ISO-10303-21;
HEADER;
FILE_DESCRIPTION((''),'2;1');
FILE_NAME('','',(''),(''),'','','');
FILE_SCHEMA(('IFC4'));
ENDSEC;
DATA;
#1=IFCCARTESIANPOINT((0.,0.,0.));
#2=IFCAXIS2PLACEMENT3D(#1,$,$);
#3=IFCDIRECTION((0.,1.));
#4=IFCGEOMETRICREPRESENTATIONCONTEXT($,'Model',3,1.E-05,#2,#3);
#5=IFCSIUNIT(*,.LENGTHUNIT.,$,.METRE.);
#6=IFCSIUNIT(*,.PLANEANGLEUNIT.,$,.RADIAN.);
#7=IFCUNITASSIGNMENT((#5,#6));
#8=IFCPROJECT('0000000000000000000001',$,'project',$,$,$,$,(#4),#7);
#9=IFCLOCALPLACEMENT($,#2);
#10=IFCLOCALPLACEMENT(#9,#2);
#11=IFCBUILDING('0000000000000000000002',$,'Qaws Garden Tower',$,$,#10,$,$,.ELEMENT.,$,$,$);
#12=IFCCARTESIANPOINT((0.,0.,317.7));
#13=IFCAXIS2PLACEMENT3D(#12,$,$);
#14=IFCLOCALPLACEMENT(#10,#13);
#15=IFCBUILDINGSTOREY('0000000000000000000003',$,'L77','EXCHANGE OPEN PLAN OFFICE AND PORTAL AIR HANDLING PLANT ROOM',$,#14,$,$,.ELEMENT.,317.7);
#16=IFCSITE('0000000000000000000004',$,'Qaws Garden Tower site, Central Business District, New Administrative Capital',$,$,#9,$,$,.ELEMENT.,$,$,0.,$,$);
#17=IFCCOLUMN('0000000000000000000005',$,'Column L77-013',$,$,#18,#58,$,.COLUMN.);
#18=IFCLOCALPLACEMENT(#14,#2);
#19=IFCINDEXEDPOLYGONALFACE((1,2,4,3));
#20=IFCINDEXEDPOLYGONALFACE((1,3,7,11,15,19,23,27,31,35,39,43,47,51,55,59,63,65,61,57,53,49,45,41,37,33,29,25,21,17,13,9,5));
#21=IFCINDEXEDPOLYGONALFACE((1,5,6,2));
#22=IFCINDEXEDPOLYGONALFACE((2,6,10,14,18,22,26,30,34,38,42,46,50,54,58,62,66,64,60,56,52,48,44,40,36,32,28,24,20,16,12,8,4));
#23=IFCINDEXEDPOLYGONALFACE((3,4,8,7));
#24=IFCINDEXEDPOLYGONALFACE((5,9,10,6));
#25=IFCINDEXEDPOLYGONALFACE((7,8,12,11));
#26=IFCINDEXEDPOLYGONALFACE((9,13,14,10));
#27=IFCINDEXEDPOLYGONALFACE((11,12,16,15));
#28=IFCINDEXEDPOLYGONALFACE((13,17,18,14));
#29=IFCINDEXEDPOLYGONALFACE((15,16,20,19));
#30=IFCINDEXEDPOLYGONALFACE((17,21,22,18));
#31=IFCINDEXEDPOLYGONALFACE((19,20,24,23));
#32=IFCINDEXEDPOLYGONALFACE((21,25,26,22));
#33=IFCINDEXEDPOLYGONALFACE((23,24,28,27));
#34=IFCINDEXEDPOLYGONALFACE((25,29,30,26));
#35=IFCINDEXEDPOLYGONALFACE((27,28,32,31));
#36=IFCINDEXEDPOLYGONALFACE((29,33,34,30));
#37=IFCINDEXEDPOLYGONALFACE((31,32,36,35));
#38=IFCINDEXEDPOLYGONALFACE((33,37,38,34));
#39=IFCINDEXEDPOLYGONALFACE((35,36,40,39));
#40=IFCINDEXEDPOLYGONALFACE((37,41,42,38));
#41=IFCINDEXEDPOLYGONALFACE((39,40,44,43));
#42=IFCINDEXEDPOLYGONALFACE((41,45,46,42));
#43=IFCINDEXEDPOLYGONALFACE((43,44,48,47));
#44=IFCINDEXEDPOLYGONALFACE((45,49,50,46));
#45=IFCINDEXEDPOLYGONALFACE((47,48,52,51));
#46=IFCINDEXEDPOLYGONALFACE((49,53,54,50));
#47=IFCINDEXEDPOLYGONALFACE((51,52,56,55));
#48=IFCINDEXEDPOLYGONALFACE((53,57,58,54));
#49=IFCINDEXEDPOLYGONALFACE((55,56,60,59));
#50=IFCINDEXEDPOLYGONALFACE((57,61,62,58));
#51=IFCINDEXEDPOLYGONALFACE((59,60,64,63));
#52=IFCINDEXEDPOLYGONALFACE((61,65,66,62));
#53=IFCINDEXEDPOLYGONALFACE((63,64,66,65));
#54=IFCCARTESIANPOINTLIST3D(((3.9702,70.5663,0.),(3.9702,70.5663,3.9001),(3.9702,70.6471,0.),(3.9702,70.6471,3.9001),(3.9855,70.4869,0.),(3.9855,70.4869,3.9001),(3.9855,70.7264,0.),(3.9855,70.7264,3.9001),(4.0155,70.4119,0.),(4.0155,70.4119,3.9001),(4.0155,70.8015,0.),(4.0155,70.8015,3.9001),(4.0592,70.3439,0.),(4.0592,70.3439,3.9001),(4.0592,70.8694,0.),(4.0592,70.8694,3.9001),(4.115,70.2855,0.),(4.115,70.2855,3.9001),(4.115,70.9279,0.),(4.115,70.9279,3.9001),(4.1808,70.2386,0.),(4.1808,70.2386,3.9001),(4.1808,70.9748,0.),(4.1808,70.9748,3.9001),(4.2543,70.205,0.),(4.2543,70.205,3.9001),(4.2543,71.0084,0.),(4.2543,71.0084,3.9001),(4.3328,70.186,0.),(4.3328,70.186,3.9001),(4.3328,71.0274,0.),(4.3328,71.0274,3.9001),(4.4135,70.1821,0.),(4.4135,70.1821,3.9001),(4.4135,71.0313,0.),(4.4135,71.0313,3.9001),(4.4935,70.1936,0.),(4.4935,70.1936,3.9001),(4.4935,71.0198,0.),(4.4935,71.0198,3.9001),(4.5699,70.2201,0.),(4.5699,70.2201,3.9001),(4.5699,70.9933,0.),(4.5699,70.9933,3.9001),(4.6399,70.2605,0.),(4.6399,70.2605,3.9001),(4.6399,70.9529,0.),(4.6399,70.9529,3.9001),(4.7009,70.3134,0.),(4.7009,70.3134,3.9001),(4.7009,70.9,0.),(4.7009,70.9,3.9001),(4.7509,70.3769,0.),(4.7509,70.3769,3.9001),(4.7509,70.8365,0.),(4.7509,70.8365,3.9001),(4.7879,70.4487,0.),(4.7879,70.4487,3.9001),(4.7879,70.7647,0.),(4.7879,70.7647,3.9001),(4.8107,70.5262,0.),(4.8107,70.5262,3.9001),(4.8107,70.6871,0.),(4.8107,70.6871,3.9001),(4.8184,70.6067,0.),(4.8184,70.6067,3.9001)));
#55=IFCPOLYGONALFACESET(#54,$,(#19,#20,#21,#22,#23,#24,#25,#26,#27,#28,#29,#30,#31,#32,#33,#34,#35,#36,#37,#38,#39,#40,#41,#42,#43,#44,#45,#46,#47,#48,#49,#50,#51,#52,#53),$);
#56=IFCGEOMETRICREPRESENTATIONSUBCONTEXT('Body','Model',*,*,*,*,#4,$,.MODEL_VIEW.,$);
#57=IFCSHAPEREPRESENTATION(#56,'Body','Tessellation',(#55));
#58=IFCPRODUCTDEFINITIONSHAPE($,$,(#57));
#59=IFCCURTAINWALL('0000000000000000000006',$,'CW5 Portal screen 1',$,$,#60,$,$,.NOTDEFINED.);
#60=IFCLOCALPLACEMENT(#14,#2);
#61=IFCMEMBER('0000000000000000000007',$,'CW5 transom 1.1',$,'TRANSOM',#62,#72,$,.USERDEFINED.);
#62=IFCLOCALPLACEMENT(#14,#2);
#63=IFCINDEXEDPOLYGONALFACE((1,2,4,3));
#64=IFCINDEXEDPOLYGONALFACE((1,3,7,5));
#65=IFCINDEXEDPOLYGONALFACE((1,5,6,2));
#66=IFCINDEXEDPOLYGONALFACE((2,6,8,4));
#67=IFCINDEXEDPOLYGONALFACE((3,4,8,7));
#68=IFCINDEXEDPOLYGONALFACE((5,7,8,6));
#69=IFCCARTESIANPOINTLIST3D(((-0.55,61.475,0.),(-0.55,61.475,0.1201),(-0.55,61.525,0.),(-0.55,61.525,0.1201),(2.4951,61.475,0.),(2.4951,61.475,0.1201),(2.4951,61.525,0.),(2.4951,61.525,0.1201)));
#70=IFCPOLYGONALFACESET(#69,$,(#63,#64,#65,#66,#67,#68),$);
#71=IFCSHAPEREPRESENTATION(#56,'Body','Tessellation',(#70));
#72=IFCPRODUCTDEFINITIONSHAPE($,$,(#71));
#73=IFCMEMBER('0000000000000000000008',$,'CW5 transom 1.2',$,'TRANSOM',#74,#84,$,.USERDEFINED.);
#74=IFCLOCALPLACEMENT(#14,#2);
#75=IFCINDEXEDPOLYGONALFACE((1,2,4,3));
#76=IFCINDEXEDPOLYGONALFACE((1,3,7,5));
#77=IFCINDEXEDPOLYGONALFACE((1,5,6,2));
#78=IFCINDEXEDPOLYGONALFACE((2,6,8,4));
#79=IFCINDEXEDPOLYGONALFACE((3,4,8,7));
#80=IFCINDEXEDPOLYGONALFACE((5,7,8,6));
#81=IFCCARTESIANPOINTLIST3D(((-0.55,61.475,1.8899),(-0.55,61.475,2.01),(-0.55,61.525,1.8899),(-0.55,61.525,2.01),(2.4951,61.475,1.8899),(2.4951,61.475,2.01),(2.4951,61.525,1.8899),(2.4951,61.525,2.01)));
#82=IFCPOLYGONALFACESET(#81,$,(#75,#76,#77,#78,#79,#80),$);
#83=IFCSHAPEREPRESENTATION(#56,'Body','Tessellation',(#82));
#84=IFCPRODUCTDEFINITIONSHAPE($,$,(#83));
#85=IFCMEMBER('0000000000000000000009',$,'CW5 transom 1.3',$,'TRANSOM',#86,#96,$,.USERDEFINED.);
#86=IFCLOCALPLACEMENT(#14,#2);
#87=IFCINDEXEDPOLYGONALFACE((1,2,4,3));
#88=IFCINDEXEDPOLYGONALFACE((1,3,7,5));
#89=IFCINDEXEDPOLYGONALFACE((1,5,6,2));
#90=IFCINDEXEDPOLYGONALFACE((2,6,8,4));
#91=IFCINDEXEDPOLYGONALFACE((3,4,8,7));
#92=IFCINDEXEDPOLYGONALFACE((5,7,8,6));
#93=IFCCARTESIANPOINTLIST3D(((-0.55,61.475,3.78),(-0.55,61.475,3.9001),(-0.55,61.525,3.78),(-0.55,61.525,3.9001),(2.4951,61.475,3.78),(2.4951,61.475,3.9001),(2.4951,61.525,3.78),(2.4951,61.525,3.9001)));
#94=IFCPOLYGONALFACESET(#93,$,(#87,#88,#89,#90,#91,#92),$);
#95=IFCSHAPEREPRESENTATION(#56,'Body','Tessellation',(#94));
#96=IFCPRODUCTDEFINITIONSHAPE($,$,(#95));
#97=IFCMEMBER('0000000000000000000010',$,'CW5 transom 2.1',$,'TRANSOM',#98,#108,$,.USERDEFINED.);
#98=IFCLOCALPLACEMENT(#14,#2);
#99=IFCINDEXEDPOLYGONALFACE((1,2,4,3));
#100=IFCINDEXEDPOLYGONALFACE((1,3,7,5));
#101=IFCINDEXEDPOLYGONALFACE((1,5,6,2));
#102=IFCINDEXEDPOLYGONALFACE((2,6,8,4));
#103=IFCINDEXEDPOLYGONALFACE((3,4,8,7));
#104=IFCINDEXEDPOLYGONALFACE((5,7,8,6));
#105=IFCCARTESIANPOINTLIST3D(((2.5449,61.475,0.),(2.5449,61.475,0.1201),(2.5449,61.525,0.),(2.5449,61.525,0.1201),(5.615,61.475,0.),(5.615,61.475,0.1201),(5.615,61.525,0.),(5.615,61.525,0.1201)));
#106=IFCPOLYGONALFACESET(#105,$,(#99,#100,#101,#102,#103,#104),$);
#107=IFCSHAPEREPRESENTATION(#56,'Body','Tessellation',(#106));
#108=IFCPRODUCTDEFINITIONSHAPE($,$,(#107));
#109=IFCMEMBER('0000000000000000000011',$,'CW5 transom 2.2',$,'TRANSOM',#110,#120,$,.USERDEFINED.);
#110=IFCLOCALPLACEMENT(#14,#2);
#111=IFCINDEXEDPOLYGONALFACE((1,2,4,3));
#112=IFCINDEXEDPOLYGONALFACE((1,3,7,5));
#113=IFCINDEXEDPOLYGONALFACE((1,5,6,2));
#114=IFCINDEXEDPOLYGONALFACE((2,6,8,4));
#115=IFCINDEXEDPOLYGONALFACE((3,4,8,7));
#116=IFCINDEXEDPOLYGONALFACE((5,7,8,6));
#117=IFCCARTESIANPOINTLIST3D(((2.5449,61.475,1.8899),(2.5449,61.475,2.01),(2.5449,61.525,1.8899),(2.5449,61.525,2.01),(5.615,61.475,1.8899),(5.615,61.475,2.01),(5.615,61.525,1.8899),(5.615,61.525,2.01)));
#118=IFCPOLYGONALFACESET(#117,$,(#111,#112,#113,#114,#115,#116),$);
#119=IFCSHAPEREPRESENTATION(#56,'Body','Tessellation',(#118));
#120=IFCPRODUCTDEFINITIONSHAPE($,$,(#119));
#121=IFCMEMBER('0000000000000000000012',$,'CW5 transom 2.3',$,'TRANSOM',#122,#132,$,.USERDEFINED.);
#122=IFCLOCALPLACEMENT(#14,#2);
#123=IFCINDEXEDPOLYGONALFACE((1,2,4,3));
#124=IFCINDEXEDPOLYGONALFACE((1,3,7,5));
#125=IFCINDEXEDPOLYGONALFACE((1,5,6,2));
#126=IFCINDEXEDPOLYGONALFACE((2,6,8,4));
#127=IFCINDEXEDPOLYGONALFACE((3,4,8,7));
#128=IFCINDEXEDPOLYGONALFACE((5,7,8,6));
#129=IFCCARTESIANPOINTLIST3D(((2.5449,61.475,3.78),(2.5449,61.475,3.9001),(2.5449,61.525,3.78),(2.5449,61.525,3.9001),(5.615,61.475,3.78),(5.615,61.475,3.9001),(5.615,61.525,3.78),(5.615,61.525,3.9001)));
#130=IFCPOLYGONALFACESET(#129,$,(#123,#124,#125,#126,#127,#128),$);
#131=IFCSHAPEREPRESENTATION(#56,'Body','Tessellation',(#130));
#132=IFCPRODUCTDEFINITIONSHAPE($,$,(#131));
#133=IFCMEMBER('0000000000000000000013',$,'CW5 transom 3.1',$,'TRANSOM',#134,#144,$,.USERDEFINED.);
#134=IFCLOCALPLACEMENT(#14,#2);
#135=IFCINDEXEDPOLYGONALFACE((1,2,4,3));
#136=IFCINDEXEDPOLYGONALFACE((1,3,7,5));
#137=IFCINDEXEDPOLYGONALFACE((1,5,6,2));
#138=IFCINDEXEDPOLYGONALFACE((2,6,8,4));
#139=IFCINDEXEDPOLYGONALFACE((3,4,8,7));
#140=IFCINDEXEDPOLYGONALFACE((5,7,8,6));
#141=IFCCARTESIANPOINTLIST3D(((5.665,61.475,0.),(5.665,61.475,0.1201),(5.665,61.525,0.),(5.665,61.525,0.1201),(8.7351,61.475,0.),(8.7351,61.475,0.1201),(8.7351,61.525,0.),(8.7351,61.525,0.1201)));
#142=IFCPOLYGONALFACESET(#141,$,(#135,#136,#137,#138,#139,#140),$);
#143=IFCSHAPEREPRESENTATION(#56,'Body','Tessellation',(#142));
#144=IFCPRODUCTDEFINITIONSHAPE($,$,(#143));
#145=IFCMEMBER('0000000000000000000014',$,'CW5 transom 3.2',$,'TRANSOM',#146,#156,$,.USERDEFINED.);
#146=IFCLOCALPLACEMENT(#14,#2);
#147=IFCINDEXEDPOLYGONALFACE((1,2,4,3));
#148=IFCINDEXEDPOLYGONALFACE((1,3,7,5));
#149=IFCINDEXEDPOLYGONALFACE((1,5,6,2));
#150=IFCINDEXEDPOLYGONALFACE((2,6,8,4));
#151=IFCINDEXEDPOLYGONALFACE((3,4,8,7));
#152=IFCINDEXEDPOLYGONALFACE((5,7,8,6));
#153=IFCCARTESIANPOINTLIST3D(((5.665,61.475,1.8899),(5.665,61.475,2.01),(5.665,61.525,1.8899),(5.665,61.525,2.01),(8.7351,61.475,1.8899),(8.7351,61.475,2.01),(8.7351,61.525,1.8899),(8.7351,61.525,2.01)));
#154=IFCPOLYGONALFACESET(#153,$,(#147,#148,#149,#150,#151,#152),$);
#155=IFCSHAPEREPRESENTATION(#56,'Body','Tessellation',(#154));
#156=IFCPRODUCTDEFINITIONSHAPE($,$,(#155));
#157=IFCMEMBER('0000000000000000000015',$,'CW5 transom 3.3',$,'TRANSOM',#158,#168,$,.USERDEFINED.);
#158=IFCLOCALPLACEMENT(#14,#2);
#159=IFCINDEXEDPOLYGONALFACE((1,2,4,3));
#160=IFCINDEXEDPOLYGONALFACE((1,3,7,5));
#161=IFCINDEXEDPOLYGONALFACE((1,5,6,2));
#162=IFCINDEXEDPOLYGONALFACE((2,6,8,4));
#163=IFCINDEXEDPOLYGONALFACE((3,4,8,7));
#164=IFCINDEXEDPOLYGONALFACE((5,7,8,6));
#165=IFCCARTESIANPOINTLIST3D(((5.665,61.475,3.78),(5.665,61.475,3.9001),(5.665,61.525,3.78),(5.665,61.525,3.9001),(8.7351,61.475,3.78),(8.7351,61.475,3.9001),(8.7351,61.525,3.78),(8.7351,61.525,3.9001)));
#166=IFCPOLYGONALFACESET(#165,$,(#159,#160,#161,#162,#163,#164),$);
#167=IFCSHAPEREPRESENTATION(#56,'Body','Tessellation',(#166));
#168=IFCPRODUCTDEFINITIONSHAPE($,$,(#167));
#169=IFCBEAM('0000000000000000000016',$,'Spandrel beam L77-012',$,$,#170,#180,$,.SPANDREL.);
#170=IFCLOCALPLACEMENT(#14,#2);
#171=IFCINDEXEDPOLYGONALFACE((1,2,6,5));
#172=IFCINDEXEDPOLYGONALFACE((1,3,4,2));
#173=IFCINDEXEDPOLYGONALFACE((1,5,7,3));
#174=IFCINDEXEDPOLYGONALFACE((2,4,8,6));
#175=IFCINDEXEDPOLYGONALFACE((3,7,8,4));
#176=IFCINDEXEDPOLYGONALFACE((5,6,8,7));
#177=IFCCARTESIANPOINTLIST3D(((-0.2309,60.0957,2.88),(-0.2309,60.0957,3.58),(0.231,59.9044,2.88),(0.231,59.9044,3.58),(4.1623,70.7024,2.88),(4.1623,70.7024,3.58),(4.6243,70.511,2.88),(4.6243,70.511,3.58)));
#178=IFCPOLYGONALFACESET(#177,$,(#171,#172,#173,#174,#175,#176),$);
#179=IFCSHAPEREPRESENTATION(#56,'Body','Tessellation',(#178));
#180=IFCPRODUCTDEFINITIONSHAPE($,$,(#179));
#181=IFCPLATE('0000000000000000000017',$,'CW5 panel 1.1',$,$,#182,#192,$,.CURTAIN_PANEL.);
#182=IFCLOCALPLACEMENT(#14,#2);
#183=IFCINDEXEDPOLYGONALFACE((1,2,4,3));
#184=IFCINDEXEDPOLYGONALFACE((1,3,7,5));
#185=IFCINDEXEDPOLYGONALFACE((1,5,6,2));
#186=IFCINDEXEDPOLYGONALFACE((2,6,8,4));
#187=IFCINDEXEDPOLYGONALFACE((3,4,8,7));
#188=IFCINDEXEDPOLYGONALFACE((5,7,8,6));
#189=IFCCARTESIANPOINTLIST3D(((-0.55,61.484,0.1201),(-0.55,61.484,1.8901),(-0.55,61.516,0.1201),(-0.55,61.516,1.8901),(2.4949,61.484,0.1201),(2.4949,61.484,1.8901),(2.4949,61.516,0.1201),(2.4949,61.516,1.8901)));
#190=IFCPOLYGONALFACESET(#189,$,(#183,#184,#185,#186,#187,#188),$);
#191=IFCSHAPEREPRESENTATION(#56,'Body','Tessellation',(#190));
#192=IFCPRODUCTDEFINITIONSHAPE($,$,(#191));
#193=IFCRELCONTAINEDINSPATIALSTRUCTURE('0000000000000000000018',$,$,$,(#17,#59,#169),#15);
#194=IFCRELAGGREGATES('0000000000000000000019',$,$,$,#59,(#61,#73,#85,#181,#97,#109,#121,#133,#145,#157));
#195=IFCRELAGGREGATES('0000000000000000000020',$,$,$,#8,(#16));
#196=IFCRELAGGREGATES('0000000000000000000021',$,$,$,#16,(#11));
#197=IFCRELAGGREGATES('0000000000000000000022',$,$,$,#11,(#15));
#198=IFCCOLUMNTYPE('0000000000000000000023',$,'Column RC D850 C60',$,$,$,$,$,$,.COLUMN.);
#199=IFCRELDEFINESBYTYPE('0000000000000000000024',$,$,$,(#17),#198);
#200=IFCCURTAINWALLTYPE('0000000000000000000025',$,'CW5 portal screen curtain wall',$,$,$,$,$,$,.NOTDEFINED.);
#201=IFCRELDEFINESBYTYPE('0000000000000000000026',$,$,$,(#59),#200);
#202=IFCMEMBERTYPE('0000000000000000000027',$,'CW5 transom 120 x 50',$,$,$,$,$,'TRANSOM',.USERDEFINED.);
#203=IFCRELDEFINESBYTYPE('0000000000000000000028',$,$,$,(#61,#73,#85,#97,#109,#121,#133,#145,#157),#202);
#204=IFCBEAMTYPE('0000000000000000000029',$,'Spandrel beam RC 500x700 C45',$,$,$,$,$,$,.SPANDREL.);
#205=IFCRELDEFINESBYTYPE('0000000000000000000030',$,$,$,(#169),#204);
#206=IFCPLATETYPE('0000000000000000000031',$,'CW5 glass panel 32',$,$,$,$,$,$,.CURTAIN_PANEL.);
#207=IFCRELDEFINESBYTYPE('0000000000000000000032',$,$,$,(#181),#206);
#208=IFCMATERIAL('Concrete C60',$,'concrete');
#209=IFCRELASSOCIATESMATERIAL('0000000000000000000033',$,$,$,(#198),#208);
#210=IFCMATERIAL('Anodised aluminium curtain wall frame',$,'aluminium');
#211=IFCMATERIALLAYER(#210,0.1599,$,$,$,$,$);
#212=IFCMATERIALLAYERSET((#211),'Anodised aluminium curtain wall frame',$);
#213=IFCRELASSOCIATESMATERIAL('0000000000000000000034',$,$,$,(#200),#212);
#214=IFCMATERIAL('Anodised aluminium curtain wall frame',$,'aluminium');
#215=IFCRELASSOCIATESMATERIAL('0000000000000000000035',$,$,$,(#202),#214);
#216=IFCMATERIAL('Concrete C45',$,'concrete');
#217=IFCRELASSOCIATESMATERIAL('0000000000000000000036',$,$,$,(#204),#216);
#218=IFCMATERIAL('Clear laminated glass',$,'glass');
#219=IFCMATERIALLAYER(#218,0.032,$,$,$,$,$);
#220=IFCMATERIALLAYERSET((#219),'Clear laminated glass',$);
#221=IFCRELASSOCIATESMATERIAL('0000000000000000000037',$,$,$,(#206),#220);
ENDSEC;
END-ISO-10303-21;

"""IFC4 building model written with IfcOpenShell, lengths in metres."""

from ifc_helpers import new_model, si_unit, direction, frame, origin, origin_2d, place, context, subcontext, project, spatial, rectangle, circle, extrude, material, layer, layer_set, material_profile, profile_set, type_object, element, aggregate, save


model = new_model("IFC4")

# Units and contexts
model_context = context("Model", 3, precision=1e-05, world=origin(), true_north=direction((0.0, 1.0)))
body_context = subcontext(model_context, "Body", "Model", "MODEL_VIEW")
ifc_project = project(units=[si_unit("LENGTHUNIT", "METRE"), si_unit("PLANEANGLEUNIT", "RADIAN")], contexts=[model_context])

# Site, building, storey
site_placement = place(None, origin())
site = spatial("IfcSite", under=ifc_project, at=site_placement, Name="Qaws Garden Tower site, Central Business District, New Administrative Capital", CompositionType="ELEMENT", RefElevation=0.0)
building_placement = place(site_placement, origin())
building = spatial("IfcBuilding", under=site, at=building_placement, Name="Qaws Garden Tower", CompositionType="ELEMENT")
storey_placement = place(building_placement, frame((0.0, 0.0, 317.7)))
storey = spatial("IfcBuildingStorey", under=building, at=storey_placement, Name="L77", Description="EXCHANGE OPEN PLAN OFFICE AND PORTAL AIR HANDLING PLANT ROOM", CompositionType="ELEMENT", Elevation=317.7)

# Column
ifc_material_1 = material(Name="Concrete C60", Category="concrete")
ifc_material_profile_1 = material_profile(ifc_material_1, circle(Radius=0.425, at=origin_2d()), Name="RC D850")
ifc_profile_set_1 = profile_set([ifc_material_profile_1], Name="Concrete C60")
column_type = type_object("IfcColumnType", Name="Column RC D850 C60", PredefinedType="COLUMN", material=ifc_profile_set_1)
column_placement = place(storey_placement, frame((4.3933, 70.6067, 0.0), z_axis=(0.0, 0.0, 1.0), x_axis=(1.0, 0.0, 0.0)))
element("IfcColumn", 1, at=column_placement, inside=storey, type_object=column_type, Name="Column L77-013", PredefinedType="COLUMN", context=body_context, shape_type="SweptSolid", body=[
    extrude(circle(Radius=0.425, at=origin_2d()), origin(), (0.0, 0.0, 1.0), 3.9001),
])

# Curtain wall, members
ifc_material_2 = material(Name="Anodised aluminium curtain wall frame", Category="aluminium")
ifc_layer_1 = layer(ifc_material_2, 0.1599)
ifc_layer_set_1 = layer_set([ifc_layer_1], Name="Anodised aluminium curtain wall frame")
curtain_wall_type = type_object("IfcCurtainWallType", Name="CW5 portal screen curtain wall", PredefinedType="NOTDEFINED", material=ifc_layer_set_1)
curtain_wall_placement = place(storey_placement, origin())
curtain_wall = element("IfcCurtainWall", 2, at=curtain_wall_placement, inside=storey, type_object=curtain_wall_type, Name="CW5 Portal screen 1", PredefinedType="NOTDEFINED")
ifc_material_3 = material(Name="Anodised aluminium curtain wall frame", Category="aluminium")
ifc_material_profile_2 = material_profile(ifc_material_3, rectangle(XDim=0.05, YDim=0.1201, at=origin_2d()), Name="AL 50x120")
ifc_profile_set_2 = profile_set([ifc_material_profile_2], Name="Anodised aluminium curtain wall frame")
member_type = type_object("IfcMemberType", Name="CW5 transom 120 x 50", ElementType="TRANSOM", PredefinedType="USERDEFINED", material=ifc_profile_set_2)
member_1_placement = place(storey_placement, frame((-0.55, 61.5, 0.0601), z_axis=(1.0, 0.0, 0.0), x_axis=(0.0, 1.0, 0.0)))
member_1 = element("IfcMember", 3, at=member_1_placement, type_object=member_type, Name="CW5 transom 1.1", ObjectType="TRANSOM", PredefinedType="USERDEFINED", context=body_context, shape_type="SweptSolid", body=[
    extrude(rectangle(XDim=0.05, YDim=0.1201, at=origin_2d()), origin(), (0.0, 0.0, 1.0), 3.0452),
])
member_2_placement = place(storey_placement, frame((-0.55, 61.5, 1.95), z_axis=(1.0, 0.0, 0.0), x_axis=(0.0, 1.0, 0.0)))
member_2 = element("IfcMember", 4, at=member_2_placement, type_object=member_type, Name="CW5 transom 1.2", ObjectType="TRANSOM", PredefinedType="USERDEFINED", context=body_context, shape_type="SweptSolid", body=[
    extrude(rectangle(XDim=0.05, YDim=0.1201, at=origin_2d()), origin(), (0.0, 0.0, 1.0), 3.0452),
])
member_3_placement = place(storey_placement, frame((-0.55, 61.5, 3.8401), z_axis=(1.0, 0.0, 0.0), x_axis=(0.0, 1.0, 0.0)))
member_3 = element("IfcMember", 5, at=member_3_placement, type_object=member_type, Name="CW5 transom 1.3", ObjectType="TRANSOM", PredefinedType="USERDEFINED", context=body_context, shape_type="SweptSolid", body=[
    extrude(rectangle(XDim=0.05, YDim=0.1201, at=origin_2d()), origin(), (0.0, 0.0, 1.0), 3.0452),
])
member_4_placement = place(storey_placement, frame((2.5449, 61.5, 0.0601), z_axis=(1.0, 0.0, 0.0), x_axis=(0.0, 1.0, 0.0)))
member_4 = element("IfcMember", 6, at=member_4_placement, type_object=member_type, Name="CW5 transom 2.1", ObjectType="TRANSOM", PredefinedType="USERDEFINED", context=body_context, shape_type="SweptSolid", body=[
    extrude(rectangle(XDim=0.05, YDim=0.1201, at=origin_2d()), origin(), (0.0, 0.0, 1.0), 3.0701),
])
member_5_placement = place(storey_placement, frame((2.5449, 61.5, 1.95), z_axis=(1.0, 0.0, 0.0), x_axis=(0.0, 1.0, 0.0)))
member_5 = element("IfcMember", 7, at=member_5_placement, type_object=member_type, Name="CW5 transom 2.2", ObjectType="TRANSOM", PredefinedType="USERDEFINED", context=body_context, shape_type="SweptSolid", body=[
    extrude(rectangle(XDim=0.05, YDim=0.1201, at=origin_2d()), origin(), (0.0, 0.0, 1.0), 3.0701),
])
member_6_placement = place(storey_placement, frame((2.5449, 61.5, 3.8401), z_axis=(1.0, 0.0, 0.0), x_axis=(0.0, 1.0, 0.0)))
member_6 = element("IfcMember", 8, at=member_6_placement, type_object=member_type, Name="CW5 transom 2.3", ObjectType="TRANSOM", PredefinedType="USERDEFINED", context=body_context, shape_type="SweptSolid", body=[
    extrude(rectangle(XDim=0.05, YDim=0.1201, at=origin_2d()), origin(), (0.0, 0.0, 1.0), 3.0701),
])
member_7_placement = place(storey_placement, frame((5.665, 61.5, 0.0601), z_axis=(1.0, 0.0, 0.0), x_axis=(0.0, 1.0, 0.0)))
member_7 = element("IfcMember", 9, at=member_7_placement, type_object=member_type, Name="CW5 transom 3.1", ObjectType="TRANSOM", PredefinedType="USERDEFINED", context=body_context, shape_type="SweptSolid", body=[
    extrude(rectangle(XDim=0.05, YDim=0.1201, at=origin_2d()), origin(), (0.0, 0.0, 1.0), 3.0701),
])
member_8_placement = place(storey_placement, frame((5.665, 61.5, 1.95), z_axis=(1.0, 0.0, 0.0), x_axis=(0.0, 1.0, 0.0)))
member_8 = element("IfcMember", 10, at=member_8_placement, type_object=member_type, Name="CW5 transom 3.2", ObjectType="TRANSOM", PredefinedType="USERDEFINED", context=body_context, shape_type="SweptSolid", body=[
    extrude(rectangle(XDim=0.05, YDim=0.1201, at=origin_2d()), origin(), (0.0, 0.0, 1.0), 3.0701),
])
member_9_placement = place(storey_placement, frame((5.665, 61.5, 3.8401), z_axis=(1.0, 0.0, 0.0), x_axis=(0.0, 1.0, 0.0)))
member_9 = element("IfcMember", 11, at=member_9_placement, type_object=member_type, Name="CW5 transom 3.3", ObjectType="TRANSOM", PredefinedType="USERDEFINED", context=body_context, shape_type="SweptSolid", body=[
    extrude(rectangle(XDim=0.05, YDim=0.1201, at=origin_2d()), origin(), (0.0, 0.0, 1.0), 3.0701),
])

# Beam
ifc_material_4 = material(Name="Concrete C45", Category="concrete")
ifc_material_profile_3 = material_profile(ifc_material_4, rectangle(XDim=0.5, YDim=0.7, at=origin_2d()), Name="RC 500x700")
ifc_profile_set_3 = profile_set([ifc_material_profile_3], Name="Concrete C45")
beam_type = type_object("IfcBeamType", Name="Spandrel beam RC 500x700 C45", PredefinedType="SPANDREL", material=ifc_profile_set_3)
beam_placement = place(storey_placement, frame((4.3933, 70.6067, 3.23), z_axis=(-0.382674, -0.923883, 0.0), x_axis=(0.923883, -0.382674, 0.0)))
element("IfcBeam", 12, at=beam_placement, inside=storey, type_object=beam_type, Name="Spandrel beam L77-012", PredefinedType="SPANDREL", context=body_context, shape_type="SweptSolid", body=[
    extrude(rectangle(XDim=0.5, YDim=0.7, at=origin_2d()), origin(), (0.0, 0.0, 1.0), 11.4805),
])

# Plate
ifc_material_5 = material(Name="Clear laminated glass", Category="glass")
ifc_layer_2 = layer(ifc_material_5, 0.032)
ifc_layer_set_2 = layer_set([ifc_layer_2], Name="Clear laminated glass")
plate_type = type_object("IfcPlateType", Name="CW5 glass panel 32", PredefinedType="CURTAIN_PANEL", material=ifc_layer_set_2)
plate_1_placement = place(storey_placement, frame((0.9724, 61.5, 0.1201), z_axis=(0.0, 0.0, 1.0), x_axis=(1.0, 0.0, 0.0)))
plate_1 = element("IfcPlate", 13, at=plate_1_placement, type_object=plate_type, Name="CW5 panel 1.1", PredefinedType="CURTAIN_PANEL", context=body_context, shape_type="SweptSolid", body=[
    extrude(rectangle(XDim=3.0449, YDim=0.032, at=origin_2d()), origin(), (0.0, 0.0, 1.0), 1.77),
])
aggregate(curtain_wall, [member_1, member_2, member_3, plate_1, member_4, member_5, member_6, member_7, member_8, member_9])

save(model, "model.ifc")
